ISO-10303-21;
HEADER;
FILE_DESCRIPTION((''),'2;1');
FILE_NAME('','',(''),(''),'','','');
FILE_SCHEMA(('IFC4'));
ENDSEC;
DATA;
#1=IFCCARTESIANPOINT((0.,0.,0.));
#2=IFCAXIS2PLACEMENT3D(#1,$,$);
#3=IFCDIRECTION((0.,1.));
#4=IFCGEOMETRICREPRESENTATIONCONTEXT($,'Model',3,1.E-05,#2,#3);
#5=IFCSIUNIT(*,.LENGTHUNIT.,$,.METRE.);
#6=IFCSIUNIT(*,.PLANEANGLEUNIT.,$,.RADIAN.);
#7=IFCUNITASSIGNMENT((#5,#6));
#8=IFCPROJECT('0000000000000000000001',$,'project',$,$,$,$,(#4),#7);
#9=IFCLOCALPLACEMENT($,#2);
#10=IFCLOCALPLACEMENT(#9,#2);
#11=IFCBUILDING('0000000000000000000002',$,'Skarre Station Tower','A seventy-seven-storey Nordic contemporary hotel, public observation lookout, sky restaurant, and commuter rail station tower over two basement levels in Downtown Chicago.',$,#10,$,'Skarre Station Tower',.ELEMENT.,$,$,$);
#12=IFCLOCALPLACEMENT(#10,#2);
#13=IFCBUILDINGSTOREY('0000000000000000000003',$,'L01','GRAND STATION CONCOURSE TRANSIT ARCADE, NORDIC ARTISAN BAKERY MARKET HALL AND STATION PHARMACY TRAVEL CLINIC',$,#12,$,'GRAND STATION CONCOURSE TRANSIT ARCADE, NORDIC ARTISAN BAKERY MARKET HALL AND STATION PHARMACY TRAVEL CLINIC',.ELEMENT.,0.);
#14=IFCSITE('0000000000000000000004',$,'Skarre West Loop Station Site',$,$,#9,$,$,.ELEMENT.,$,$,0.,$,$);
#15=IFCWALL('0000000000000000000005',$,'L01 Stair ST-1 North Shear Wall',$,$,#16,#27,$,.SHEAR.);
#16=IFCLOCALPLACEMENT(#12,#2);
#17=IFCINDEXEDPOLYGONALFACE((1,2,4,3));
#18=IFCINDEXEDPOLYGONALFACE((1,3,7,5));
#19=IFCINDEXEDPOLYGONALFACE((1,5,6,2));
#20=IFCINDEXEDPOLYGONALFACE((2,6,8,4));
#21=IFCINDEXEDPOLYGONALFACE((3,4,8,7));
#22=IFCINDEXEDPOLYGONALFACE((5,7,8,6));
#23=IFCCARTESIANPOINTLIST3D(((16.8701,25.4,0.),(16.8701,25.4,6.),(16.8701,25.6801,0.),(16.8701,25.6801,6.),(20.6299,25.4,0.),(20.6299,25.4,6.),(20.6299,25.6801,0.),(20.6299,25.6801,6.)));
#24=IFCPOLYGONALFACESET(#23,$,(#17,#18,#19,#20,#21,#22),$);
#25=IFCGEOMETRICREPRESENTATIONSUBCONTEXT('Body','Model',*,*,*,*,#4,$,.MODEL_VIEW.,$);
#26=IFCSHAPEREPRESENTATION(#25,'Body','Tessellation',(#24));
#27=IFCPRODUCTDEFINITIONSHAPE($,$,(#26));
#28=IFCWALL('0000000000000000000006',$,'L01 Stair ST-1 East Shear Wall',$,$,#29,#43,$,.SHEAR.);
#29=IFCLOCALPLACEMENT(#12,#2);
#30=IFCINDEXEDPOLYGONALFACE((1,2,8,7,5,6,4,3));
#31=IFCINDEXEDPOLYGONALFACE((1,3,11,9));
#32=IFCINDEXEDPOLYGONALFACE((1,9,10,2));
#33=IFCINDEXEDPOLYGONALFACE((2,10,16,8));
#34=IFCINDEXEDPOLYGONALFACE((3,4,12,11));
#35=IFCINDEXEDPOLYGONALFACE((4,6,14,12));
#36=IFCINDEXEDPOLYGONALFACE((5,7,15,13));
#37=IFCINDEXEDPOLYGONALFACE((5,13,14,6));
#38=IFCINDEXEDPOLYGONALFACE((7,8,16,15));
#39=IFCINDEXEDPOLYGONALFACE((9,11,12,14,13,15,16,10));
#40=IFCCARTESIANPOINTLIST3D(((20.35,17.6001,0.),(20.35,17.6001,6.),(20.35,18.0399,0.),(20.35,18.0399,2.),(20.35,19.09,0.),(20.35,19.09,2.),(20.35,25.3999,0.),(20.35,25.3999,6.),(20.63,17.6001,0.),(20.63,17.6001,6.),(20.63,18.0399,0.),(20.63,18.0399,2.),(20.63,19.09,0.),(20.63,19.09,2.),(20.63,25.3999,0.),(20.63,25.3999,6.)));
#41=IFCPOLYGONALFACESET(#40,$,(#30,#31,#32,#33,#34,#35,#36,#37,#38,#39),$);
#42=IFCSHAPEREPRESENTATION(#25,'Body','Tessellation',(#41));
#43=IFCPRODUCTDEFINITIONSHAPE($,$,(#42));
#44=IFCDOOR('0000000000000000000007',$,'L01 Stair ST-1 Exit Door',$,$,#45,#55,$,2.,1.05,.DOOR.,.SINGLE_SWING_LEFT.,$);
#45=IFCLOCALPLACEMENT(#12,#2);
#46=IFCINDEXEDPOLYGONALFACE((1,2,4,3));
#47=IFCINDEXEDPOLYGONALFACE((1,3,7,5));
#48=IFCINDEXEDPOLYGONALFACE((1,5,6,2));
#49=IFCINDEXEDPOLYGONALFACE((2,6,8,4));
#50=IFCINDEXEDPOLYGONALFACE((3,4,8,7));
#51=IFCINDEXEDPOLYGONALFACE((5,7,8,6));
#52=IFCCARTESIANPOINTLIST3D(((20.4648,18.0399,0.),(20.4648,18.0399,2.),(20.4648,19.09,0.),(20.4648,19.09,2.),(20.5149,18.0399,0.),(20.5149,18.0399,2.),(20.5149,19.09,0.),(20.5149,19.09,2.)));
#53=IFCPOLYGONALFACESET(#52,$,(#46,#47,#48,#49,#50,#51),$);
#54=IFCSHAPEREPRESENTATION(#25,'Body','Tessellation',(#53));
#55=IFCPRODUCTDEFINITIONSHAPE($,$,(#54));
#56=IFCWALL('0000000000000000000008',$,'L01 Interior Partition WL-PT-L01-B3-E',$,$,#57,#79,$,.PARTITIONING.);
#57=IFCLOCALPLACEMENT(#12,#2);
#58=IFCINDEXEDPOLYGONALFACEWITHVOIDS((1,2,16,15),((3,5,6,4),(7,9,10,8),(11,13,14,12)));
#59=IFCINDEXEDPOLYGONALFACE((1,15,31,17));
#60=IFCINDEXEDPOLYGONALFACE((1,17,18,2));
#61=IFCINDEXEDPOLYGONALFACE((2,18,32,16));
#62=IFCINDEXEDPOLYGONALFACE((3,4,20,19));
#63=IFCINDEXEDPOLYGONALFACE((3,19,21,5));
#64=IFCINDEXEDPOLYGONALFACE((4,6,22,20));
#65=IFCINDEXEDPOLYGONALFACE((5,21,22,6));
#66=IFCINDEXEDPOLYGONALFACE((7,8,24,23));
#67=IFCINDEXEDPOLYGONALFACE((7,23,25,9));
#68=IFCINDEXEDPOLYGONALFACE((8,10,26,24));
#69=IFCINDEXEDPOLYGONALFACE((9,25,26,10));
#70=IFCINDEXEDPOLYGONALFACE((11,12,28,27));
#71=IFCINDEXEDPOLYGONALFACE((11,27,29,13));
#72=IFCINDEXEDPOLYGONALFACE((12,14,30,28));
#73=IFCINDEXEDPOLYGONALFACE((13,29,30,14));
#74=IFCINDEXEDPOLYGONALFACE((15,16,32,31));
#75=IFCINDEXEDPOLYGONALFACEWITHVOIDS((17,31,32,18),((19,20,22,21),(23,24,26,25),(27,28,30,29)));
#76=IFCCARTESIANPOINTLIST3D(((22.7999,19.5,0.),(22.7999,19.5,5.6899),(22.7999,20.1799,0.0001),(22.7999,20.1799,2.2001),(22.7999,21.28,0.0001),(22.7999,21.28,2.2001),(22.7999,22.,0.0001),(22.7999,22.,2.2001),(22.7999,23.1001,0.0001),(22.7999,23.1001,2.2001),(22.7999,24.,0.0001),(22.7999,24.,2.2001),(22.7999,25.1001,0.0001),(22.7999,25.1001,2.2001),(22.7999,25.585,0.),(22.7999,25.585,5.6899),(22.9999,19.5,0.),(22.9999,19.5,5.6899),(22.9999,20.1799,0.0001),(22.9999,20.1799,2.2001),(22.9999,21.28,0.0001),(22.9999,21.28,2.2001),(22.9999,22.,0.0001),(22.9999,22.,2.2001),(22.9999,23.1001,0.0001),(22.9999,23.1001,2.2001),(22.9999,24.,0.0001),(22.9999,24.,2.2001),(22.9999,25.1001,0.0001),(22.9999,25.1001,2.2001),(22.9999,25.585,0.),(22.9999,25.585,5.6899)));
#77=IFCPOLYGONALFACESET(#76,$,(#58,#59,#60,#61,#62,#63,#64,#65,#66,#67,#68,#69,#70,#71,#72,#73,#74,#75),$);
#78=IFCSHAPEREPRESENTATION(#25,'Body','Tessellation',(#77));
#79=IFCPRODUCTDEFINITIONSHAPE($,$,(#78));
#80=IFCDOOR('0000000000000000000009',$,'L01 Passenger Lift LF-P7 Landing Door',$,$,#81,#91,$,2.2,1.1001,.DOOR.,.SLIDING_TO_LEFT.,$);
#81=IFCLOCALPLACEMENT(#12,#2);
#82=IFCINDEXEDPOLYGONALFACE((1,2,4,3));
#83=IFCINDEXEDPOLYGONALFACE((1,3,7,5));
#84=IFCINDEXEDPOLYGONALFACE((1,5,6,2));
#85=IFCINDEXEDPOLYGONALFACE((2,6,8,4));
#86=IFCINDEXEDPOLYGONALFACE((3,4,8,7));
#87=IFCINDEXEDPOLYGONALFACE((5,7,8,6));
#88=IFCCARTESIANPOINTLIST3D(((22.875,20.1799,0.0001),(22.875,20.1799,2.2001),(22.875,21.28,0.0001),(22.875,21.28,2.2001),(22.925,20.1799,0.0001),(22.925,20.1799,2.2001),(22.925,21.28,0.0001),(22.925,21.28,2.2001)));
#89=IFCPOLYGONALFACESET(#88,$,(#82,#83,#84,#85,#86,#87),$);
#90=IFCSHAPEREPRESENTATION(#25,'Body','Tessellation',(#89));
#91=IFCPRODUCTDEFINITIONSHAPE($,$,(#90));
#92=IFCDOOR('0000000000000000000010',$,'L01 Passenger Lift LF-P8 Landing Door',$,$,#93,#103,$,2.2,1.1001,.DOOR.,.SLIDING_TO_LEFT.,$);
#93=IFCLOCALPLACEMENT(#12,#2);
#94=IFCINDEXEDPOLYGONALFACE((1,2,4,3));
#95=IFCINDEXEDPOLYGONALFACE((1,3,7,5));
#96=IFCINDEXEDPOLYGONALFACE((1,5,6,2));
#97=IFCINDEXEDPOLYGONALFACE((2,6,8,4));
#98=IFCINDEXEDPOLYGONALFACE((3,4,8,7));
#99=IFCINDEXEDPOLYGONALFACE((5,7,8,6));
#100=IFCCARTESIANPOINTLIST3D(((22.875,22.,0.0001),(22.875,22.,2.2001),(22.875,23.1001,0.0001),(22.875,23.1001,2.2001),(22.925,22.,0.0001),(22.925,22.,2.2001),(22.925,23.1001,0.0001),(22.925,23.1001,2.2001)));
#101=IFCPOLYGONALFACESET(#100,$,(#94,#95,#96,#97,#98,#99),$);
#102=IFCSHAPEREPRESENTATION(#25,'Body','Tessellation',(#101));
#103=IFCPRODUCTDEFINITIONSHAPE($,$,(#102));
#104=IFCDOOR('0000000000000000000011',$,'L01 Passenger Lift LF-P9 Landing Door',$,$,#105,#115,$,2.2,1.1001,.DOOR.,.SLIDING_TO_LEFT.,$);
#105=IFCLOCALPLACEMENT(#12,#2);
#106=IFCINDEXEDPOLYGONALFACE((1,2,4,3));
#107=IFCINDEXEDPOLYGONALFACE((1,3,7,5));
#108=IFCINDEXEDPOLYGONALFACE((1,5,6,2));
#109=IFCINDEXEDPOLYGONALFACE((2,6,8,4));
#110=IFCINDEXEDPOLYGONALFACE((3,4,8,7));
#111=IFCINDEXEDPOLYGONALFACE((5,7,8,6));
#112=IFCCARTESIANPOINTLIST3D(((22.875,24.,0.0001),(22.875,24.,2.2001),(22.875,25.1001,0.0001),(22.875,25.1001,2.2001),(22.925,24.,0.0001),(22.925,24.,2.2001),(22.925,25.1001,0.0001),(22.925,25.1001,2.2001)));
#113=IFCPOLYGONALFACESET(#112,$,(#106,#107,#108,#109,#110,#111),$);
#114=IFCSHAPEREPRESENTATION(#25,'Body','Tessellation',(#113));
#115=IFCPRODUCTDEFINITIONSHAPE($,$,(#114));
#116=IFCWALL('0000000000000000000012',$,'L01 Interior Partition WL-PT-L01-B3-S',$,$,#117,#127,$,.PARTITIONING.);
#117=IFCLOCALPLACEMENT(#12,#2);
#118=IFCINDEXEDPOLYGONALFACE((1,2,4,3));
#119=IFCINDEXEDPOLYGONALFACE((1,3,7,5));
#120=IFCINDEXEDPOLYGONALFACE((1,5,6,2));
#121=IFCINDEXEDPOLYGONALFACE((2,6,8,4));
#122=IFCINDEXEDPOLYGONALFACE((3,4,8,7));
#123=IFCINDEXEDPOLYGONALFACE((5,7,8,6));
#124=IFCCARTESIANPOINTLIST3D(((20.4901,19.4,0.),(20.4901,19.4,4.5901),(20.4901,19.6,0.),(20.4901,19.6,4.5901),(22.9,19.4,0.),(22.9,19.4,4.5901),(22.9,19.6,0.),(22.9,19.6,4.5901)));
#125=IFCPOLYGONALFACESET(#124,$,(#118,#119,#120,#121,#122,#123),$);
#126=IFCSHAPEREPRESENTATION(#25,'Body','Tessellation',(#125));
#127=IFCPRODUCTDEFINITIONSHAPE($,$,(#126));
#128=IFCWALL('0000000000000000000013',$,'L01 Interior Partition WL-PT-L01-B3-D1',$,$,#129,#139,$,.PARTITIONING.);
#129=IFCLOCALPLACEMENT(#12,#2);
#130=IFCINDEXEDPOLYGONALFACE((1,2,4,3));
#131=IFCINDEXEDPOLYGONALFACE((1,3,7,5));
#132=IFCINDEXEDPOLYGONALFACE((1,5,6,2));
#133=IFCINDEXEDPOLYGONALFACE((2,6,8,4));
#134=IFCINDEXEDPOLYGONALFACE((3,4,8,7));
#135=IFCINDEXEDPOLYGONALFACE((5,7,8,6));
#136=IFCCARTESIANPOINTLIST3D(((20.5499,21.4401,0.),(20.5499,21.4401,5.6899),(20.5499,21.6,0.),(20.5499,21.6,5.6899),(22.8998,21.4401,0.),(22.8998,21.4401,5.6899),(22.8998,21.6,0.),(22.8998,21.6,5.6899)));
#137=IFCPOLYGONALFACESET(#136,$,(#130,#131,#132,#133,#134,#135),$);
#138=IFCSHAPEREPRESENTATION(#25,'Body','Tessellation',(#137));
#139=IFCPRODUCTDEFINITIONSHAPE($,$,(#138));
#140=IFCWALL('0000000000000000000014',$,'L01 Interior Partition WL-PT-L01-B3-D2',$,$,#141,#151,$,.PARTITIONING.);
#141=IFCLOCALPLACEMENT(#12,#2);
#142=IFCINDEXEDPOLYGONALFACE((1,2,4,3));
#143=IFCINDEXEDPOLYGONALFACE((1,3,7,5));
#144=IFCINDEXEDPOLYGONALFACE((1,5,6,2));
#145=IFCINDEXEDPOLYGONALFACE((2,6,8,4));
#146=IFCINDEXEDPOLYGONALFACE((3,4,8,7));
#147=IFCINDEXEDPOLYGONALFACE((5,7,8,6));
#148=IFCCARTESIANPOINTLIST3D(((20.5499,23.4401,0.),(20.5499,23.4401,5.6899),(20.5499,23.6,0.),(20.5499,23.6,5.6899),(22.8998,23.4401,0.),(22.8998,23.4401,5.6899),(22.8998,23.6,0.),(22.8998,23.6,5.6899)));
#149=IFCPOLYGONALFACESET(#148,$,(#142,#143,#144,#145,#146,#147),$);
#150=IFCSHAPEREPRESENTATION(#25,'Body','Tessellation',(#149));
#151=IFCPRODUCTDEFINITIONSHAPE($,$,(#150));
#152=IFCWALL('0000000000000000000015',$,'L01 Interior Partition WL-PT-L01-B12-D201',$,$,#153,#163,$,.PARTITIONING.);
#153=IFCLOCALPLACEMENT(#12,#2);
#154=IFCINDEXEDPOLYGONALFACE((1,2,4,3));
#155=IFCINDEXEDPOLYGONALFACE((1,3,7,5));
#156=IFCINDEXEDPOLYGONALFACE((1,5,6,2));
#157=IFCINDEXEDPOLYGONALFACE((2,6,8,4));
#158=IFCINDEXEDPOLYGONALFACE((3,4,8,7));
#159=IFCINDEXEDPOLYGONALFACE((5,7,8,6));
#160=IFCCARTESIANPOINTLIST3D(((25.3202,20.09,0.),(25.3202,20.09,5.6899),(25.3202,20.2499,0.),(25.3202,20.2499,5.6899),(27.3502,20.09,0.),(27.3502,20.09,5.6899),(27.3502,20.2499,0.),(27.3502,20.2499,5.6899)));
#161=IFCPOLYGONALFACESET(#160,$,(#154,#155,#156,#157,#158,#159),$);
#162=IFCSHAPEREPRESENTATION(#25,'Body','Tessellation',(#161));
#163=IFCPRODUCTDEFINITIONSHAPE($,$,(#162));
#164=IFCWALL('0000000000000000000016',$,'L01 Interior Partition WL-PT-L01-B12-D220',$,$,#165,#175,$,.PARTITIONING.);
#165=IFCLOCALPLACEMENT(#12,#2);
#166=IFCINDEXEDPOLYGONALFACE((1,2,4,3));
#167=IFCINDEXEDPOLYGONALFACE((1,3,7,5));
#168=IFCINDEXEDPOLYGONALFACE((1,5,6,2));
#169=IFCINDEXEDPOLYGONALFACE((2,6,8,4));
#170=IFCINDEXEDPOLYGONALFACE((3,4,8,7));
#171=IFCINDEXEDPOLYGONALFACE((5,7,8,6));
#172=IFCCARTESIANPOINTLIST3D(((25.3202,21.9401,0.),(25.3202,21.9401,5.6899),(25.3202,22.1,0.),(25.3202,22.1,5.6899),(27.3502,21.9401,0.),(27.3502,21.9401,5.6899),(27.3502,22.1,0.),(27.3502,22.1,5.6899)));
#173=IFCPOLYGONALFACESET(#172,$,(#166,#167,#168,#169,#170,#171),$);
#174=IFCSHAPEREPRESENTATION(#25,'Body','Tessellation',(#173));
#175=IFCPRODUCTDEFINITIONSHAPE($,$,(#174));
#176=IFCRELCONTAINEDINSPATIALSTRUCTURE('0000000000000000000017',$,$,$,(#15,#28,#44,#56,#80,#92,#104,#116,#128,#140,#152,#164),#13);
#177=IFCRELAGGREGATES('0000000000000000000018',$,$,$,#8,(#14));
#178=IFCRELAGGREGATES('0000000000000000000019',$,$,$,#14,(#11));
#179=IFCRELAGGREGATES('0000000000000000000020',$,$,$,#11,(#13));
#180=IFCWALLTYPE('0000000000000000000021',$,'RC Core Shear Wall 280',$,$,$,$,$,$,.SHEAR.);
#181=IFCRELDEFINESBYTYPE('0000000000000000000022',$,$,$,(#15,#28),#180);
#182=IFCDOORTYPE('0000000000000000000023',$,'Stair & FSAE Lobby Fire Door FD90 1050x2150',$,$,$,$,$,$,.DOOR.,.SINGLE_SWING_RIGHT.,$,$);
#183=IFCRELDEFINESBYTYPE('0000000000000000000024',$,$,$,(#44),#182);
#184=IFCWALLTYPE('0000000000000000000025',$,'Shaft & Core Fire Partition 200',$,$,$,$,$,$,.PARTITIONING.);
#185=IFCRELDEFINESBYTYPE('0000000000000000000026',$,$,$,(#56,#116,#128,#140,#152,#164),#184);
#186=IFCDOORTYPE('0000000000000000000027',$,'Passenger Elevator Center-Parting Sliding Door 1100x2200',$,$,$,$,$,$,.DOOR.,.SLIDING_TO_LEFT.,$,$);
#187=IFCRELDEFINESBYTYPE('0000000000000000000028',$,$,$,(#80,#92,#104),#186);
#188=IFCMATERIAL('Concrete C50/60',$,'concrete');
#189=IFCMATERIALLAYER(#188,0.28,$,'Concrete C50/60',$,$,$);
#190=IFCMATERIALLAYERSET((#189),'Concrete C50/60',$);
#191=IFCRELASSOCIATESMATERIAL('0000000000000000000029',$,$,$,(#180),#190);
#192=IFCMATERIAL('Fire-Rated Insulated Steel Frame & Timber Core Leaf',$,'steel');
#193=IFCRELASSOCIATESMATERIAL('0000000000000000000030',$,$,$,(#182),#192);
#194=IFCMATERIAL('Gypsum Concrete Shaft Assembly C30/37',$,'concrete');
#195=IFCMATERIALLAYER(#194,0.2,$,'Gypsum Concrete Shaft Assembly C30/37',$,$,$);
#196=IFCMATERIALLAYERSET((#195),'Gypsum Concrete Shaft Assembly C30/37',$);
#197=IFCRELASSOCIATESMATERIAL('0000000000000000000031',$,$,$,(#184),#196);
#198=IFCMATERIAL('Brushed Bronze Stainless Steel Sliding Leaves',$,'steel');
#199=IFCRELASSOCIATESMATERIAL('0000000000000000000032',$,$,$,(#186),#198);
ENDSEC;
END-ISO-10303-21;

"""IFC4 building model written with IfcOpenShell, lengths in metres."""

from ifc_helpers import new_model, si_unit, direction, frame, frame_2d, origin, place, context, subcontext, project, spatial, rectangle, extrude, material, layer, layer_set, type_object, element, fill, save


model = new_model("IFC4")

# Units and contexts
model_context = context("Model", 3, precision=1e-05, world=origin(), true_north=direction((0.0, 1.0)))
body_context = subcontext(model_context, "Body", "Model", "MODEL_VIEW")
ifc_project = project(units=[si_unit("LENGTHUNIT", "METRE"), si_unit("PLANEANGLEUNIT", "RADIAN")], contexts=[model_context])

# Site, building, storey
site_placement = place(None, origin())
site = spatial("IfcSite", under=ifc_project, at=site_placement, Name="Skarre West Loop Station Site", CompositionType="ELEMENT", RefElevation=0.0)
building_placement = place(site_placement, origin())
building = spatial("IfcBuilding", under=site, at=building_placement, Name="Skarre Station Tower", Description="A seventy-seven-storey Nordic contemporary hotel, public observation lookout, sky restaurant, and commuter rail station tower over two basement levels in Downtown Chicago.", LongName="Skarre Station Tower", CompositionType="ELEMENT")
storey_placement = place(building_placement, origin())
storey = spatial("IfcBuildingStorey", under=building, at=storey_placement, Name="L01", Description="GRAND STATION CONCOURSE TRANSIT ARCADE, NORDIC ARTISAN BAKERY MARKET HALL AND STATION PHARMACY TRAVEL CLINIC", LongName="GRAND STATION CONCOURSE TRANSIT ARCADE, NORDIC ARTISAN BAKERY MARKET HALL AND STATION PHARMACY TRAVEL CLINIC", CompositionType="ELEMENT", Elevation=0.0)

# Wall
ifc_material_1 = material(Name="Concrete C50/60", Category="concrete")
ifc_layer_1 = layer(ifc_material_1, 0.28, Name="Concrete C50/60")
ifc_layer_set_1 = layer_set([ifc_layer_1], Name="Concrete C50/60")
wall_type_1 = type_object("IfcWallType", Name="RC Core Shear Wall 280", PredefinedType="SHEAR", material=ifc_layer_set_1)
wall_1_placement = place(storey_placement, frame((20.6299, 25.54, 0.0), z_axis=(0.0, 0.0, 1.0), x_axis=(-1.0, 0.0, 0.0)))
element("IfcWall", 1, at=wall_1_placement, inside=storey, type_object=wall_type_1, Name="L01 Stair ST-1 North Shear Wall", PredefinedType="SHEAR", context=body_context, shape_type="SweptSolid", body=[
    extrude(rectangle(XDim=3.7598, YDim=0.28, at=frame_2d((1.8799, 0.0))), origin(), (0.0, 0.0, 1.0), 6.0),
])

# Wall, opening, door
wall_2_placement = place(storey_placement, frame((20.49, 25.3999, 0.0), z_axis=(0.0, 0.0, 1.0), x_axis=(0.0, -1.0, 0.0)))
wall_2 = element("IfcWall", 2, at=wall_2_placement, inside=storey, type_object=wall_type_1, Name="L01 Stair ST-1 East Shear Wall", PredefinedType="SHEAR", context=body_context, shape_type="SweptSolid", body=[
    extrude(rectangle(XDim=7.7998, YDim=0.28, at=frame_2d((3.8999, 0.0))), origin(), (0.0, 0.0, 1.0), 6.0),
])
opening_1_placement = place(wall_2_placement, frame((6.3101, 0.0, 0.0)))
opening_1 = element("IfcOpeningElement", 3, at=opening_1_placement, cuts=wall_2, PredefinedType="OPENING", context=body_context, shape_type="SweptSolid", body=[
    extrude(rectangle(XDim=1.05, YDim=2.0, at=frame_2d((0.5249, 1.0))), frame((0.0, 0.1499, 0.0), z_axis=(0.0, -1.0, 0.0), x_axis=(1.0, 0.0, 0.0)), (0.0, 0.0, 1.0), 0.3),
])
ifc_material_2 = material(Name="Fire-Rated Insulated Steel Frame & Timber Core Leaf", Category="steel")
door_type_1 = type_object("IfcDoorType", Name="Stair & FSAE Lobby Fire Door FD90 1050x2150", OperationType="SINGLE_SWING_RIGHT", PredefinedType="DOOR", material=ifc_material_2)
door_1_placement = place(opening_1_placement, origin())
door_1 = element("IfcDoor", 4, at=door_1_placement, inside=storey, type_object=door_type_1, Name="L01 Stair ST-1 Exit Door", OperationType="SINGLE_SWING_LEFT", OverallHeight=2.0, OverallWidth=1.05, PredefinedType="DOOR", context=body_context, shape_type="SweptSolid", body=[
    extrude(rectangle(XDim=1.05, YDim=2.0, at=frame_2d((0.5249, 1.0))), frame((0.0, 0.0249, 0.0), z_axis=(0.0, -1.0, 0.0), x_axis=(1.0, 0.0, 0.0)), (0.0, 0.0, 1.0), 0.05),
])
fill(opening_1, door_1)

# Wall, openings, doors
ifc_material_3 = material(Name="Gypsum Concrete Shaft Assembly C30/37", Category="concrete")
ifc_layer_2 = layer(ifc_material_3, 0.2, Name="Gypsum Concrete Shaft Assembly C30/37")
ifc_layer_set_2 = layer_set([ifc_layer_2], Name="Gypsum Concrete Shaft Assembly C30/37")
wall_type_2 = type_object("IfcWallType", Name="Shaft & Core Fire Partition 200", PredefinedType="PARTITIONING", material=ifc_layer_set_2)
wall_3_placement = place(storey_placement, frame((22.8999, 19.5, 0.0), z_axis=(0.0, 0.0, 1.0), x_axis=(0.0, 1.0, 0.0)))
wall_3 = element("IfcWall", 5, at=wall_3_placement, inside=storey, type_object=wall_type_2, Name="L01 Interior Partition WL-PT-L01-B3-E", PredefinedType="PARTITIONING", context=body_context, shape_type="SweptSolid", body=[
    extrude(rectangle(XDim=6.085, YDim=0.2, at=frame_2d((3.0425, 0.0))), origin(), (0.0, 0.0, 1.0), 5.6899),
])
opening_2_placement = place(wall_3_placement, frame((0.6799, 0.0, 0.0)))
opening_2 = element("IfcOpeningElement", 6, at=opening_2_placement, cuts=wall_3, PredefinedType="OPENING", context=body_context, shape_type="SweptSolid", body=[
    extrude(rectangle(XDim=1.1001, YDim=2.2, at=frame_2d((0.55, 1.1001))), frame((0.0, 0.1099, 0.0), z_axis=(0.0, -1.0, 0.0), x_axis=(1.0, 0.0, 0.0)), (0.0, 0.0, 1.0), 0.22),
])
opening_3_placement = place(wall_3_placement, frame((2.5, 0.0, 0.0)))
opening_3 = element("IfcOpeningElement", 7, at=opening_3_placement, cuts=wall_3, PredefinedType="OPENING", context=body_context, shape_type="SweptSolid", body=[
    extrude(rectangle(XDim=1.1001, YDim=2.2, at=frame_2d((0.55, 1.1001))), frame((0.0, 0.1099, 0.0), z_axis=(0.0, -1.0, 0.0), x_axis=(1.0, 0.0, 0.0)), (0.0, 0.0, 1.0), 0.22),
])
opening_4_placement = place(wall_3_placement, frame((4.5, 0.0, 0.0)))
opening_4 = element("IfcOpeningElement", 8, at=opening_4_placement, cuts=wall_3, PredefinedType="OPENING", context=body_context, shape_type="SweptSolid", body=[
    extrude(rectangle(XDim=1.1001, YDim=2.2, at=frame_2d((0.55, 1.1001))), frame((0.0, 0.1099, 0.0), z_axis=(0.0, -1.0, 0.0), x_axis=(1.0, 0.0, 0.0)), (0.0, 0.0, 1.0), 0.22),
])
ifc_material_4 = material(Name="Brushed Bronze Stainless Steel Sliding Leaves", Category="steel")
door_type_2 = type_object("IfcDoorType", Name="Passenger Elevator Center-Parting Sliding Door 1100x2200", OperationType="SLIDING_TO_LEFT", PredefinedType="DOOR", material=ifc_material_4)
door_2_placement = place(opening_2_placement, origin())
door_2 = element("IfcDoor", 9, at=door_2_placement, inside=storey, type_object=door_type_2, Name="L01 Passenger Lift LF-P7 Landing Door", OperationType="SLIDING_TO_LEFT", OverallHeight=2.2, OverallWidth=1.1001, PredefinedType="DOOR", context=body_context, shape_type="SweptSolid", body=[
    extrude(rectangle(XDim=1.1001, YDim=2.2, at=frame_2d((0.55, 1.1001))), frame((0.0, 0.0249, 0.0), z_axis=(0.0, -1.0, 0.0), x_axis=(1.0, 0.0, 0.0)), (0.0, 0.0, 1.0), 0.05),
])
fill(opening_2, door_2)
door_3_placement = place(opening_3_placement, origin())
door_3 = element("IfcDoor", 10, at=door_3_placement, inside=storey, type_object=door_type_2, Name="L01 Passenger Lift LF-P8 Landing Door", OperationType="SLIDING_TO_LEFT", OverallHeight=2.2, OverallWidth=1.1001, PredefinedType="DOOR", context=body_context, shape_type="SweptSolid", body=[
    extrude(rectangle(XDim=1.1001, YDim=2.2, at=frame_2d((0.55, 1.1001))), frame((0.0, 0.0249, 0.0), z_axis=(0.0, -1.0, 0.0), x_axis=(1.0, 0.0, 0.0)), (0.0, 0.0, 1.0), 0.05),
])
fill(opening_3, door_3)
door_4_placement = place(opening_4_placement, origin())
door_4 = element("IfcDoor", 11, at=door_4_placement, inside=storey, type_object=door_type_2, Name="L01 Passenger Lift LF-P9 Landing Door", OperationType="SLIDING_TO_LEFT", OverallHeight=2.2, OverallWidth=1.1001, PredefinedType="DOOR", context=body_context, shape_type="SweptSolid", body=[
    extrude(rectangle(XDim=1.1001, YDim=2.2, at=frame_2d((0.55, 1.1001))), frame((0.0, 0.0249, 0.0), z_axis=(0.0, -1.0, 0.0), x_axis=(1.0, 0.0, 0.0)), (0.0, 0.0, 1.0), 0.05),
])
fill(opening_4, door_4)

# Walls
wall_4_placement = place(storey_placement, frame((20.49, 19.5, 0.0), z_axis=(0.0, 0.0, 1.0), x_axis=(1.0, 0.0, 0.0)))
element("IfcWall", 12, at=wall_4_placement, inside=storey, type_object=wall_type_2, Name="L01 Interior Partition WL-PT-L01-B3-S", PredefinedType="PARTITIONING", context=body_context, shape_type="SweptSolid", body=[
    extrude(rectangle(XDim=2.4099, YDim=0.2, at=frame_2d((1.2051, 0.0))), origin(), (0.0, 0.0, 1.0), 4.5901),
])
for number, where, z_axis, x_axis, name in (
    (13, (20.55, 21.52, 0.0), (0.0, 0.0, 1.0), (1.0, 0.0, 0.0), "L01 Interior Partition WL-PT-L01-B3-D1"),
    (14, (20.55, 23.52, 0.0), (0.0, 0.0, 1.0), (1.0, 0.0, 0.0), "L01 Interior Partition WL-PT-L01-B3-D2"),
):
    element("IfcWall", number, at=place(storey_placement, frame(where, z_axis=z_axis, x_axis=x_axis)), inside=storey, type_object=wall_type_2, Name=name, PredefinedType="PARTITIONING", context=body_context, shape_type="SweptSolid", body=[
        extrude(rectangle(XDim=2.3499, YDim=0.1599, at=frame_2d((1.1748, 0.0))), origin(), (0.0, 0.0, 1.0), 5.6899),
    ])
for number, where, z_axis, x_axis, name in (
    (15, (25.3201, 20.1699, 0.0), (0.0, 0.0, 1.0), (1.0, 0.0, 0.0), "L01 Interior Partition WL-PT-L01-B12-D201"),
    (16, (25.3201, 22.02, 0.0), (0.0, 0.0, 1.0), (1.0, 0.0, 0.0), "L01 Interior Partition WL-PT-L01-B12-D220"),
):
    element("IfcWall", number, at=place(storey_placement, frame(where, z_axis=z_axis, x_axis=x_axis)), inside=storey, type_object=wall_type_2, Name=name, PredefinedType="PARTITIONING", context=body_context, shape_type="SweptSolid", body=[
        extrude(rectangle(XDim=2.03, YDim=0.1599, at=frame_2d((1.0151, 0.0))), origin(), (0.0, 0.0, 1.0), 5.6899),
    ])

save(model, "model.ifc")
